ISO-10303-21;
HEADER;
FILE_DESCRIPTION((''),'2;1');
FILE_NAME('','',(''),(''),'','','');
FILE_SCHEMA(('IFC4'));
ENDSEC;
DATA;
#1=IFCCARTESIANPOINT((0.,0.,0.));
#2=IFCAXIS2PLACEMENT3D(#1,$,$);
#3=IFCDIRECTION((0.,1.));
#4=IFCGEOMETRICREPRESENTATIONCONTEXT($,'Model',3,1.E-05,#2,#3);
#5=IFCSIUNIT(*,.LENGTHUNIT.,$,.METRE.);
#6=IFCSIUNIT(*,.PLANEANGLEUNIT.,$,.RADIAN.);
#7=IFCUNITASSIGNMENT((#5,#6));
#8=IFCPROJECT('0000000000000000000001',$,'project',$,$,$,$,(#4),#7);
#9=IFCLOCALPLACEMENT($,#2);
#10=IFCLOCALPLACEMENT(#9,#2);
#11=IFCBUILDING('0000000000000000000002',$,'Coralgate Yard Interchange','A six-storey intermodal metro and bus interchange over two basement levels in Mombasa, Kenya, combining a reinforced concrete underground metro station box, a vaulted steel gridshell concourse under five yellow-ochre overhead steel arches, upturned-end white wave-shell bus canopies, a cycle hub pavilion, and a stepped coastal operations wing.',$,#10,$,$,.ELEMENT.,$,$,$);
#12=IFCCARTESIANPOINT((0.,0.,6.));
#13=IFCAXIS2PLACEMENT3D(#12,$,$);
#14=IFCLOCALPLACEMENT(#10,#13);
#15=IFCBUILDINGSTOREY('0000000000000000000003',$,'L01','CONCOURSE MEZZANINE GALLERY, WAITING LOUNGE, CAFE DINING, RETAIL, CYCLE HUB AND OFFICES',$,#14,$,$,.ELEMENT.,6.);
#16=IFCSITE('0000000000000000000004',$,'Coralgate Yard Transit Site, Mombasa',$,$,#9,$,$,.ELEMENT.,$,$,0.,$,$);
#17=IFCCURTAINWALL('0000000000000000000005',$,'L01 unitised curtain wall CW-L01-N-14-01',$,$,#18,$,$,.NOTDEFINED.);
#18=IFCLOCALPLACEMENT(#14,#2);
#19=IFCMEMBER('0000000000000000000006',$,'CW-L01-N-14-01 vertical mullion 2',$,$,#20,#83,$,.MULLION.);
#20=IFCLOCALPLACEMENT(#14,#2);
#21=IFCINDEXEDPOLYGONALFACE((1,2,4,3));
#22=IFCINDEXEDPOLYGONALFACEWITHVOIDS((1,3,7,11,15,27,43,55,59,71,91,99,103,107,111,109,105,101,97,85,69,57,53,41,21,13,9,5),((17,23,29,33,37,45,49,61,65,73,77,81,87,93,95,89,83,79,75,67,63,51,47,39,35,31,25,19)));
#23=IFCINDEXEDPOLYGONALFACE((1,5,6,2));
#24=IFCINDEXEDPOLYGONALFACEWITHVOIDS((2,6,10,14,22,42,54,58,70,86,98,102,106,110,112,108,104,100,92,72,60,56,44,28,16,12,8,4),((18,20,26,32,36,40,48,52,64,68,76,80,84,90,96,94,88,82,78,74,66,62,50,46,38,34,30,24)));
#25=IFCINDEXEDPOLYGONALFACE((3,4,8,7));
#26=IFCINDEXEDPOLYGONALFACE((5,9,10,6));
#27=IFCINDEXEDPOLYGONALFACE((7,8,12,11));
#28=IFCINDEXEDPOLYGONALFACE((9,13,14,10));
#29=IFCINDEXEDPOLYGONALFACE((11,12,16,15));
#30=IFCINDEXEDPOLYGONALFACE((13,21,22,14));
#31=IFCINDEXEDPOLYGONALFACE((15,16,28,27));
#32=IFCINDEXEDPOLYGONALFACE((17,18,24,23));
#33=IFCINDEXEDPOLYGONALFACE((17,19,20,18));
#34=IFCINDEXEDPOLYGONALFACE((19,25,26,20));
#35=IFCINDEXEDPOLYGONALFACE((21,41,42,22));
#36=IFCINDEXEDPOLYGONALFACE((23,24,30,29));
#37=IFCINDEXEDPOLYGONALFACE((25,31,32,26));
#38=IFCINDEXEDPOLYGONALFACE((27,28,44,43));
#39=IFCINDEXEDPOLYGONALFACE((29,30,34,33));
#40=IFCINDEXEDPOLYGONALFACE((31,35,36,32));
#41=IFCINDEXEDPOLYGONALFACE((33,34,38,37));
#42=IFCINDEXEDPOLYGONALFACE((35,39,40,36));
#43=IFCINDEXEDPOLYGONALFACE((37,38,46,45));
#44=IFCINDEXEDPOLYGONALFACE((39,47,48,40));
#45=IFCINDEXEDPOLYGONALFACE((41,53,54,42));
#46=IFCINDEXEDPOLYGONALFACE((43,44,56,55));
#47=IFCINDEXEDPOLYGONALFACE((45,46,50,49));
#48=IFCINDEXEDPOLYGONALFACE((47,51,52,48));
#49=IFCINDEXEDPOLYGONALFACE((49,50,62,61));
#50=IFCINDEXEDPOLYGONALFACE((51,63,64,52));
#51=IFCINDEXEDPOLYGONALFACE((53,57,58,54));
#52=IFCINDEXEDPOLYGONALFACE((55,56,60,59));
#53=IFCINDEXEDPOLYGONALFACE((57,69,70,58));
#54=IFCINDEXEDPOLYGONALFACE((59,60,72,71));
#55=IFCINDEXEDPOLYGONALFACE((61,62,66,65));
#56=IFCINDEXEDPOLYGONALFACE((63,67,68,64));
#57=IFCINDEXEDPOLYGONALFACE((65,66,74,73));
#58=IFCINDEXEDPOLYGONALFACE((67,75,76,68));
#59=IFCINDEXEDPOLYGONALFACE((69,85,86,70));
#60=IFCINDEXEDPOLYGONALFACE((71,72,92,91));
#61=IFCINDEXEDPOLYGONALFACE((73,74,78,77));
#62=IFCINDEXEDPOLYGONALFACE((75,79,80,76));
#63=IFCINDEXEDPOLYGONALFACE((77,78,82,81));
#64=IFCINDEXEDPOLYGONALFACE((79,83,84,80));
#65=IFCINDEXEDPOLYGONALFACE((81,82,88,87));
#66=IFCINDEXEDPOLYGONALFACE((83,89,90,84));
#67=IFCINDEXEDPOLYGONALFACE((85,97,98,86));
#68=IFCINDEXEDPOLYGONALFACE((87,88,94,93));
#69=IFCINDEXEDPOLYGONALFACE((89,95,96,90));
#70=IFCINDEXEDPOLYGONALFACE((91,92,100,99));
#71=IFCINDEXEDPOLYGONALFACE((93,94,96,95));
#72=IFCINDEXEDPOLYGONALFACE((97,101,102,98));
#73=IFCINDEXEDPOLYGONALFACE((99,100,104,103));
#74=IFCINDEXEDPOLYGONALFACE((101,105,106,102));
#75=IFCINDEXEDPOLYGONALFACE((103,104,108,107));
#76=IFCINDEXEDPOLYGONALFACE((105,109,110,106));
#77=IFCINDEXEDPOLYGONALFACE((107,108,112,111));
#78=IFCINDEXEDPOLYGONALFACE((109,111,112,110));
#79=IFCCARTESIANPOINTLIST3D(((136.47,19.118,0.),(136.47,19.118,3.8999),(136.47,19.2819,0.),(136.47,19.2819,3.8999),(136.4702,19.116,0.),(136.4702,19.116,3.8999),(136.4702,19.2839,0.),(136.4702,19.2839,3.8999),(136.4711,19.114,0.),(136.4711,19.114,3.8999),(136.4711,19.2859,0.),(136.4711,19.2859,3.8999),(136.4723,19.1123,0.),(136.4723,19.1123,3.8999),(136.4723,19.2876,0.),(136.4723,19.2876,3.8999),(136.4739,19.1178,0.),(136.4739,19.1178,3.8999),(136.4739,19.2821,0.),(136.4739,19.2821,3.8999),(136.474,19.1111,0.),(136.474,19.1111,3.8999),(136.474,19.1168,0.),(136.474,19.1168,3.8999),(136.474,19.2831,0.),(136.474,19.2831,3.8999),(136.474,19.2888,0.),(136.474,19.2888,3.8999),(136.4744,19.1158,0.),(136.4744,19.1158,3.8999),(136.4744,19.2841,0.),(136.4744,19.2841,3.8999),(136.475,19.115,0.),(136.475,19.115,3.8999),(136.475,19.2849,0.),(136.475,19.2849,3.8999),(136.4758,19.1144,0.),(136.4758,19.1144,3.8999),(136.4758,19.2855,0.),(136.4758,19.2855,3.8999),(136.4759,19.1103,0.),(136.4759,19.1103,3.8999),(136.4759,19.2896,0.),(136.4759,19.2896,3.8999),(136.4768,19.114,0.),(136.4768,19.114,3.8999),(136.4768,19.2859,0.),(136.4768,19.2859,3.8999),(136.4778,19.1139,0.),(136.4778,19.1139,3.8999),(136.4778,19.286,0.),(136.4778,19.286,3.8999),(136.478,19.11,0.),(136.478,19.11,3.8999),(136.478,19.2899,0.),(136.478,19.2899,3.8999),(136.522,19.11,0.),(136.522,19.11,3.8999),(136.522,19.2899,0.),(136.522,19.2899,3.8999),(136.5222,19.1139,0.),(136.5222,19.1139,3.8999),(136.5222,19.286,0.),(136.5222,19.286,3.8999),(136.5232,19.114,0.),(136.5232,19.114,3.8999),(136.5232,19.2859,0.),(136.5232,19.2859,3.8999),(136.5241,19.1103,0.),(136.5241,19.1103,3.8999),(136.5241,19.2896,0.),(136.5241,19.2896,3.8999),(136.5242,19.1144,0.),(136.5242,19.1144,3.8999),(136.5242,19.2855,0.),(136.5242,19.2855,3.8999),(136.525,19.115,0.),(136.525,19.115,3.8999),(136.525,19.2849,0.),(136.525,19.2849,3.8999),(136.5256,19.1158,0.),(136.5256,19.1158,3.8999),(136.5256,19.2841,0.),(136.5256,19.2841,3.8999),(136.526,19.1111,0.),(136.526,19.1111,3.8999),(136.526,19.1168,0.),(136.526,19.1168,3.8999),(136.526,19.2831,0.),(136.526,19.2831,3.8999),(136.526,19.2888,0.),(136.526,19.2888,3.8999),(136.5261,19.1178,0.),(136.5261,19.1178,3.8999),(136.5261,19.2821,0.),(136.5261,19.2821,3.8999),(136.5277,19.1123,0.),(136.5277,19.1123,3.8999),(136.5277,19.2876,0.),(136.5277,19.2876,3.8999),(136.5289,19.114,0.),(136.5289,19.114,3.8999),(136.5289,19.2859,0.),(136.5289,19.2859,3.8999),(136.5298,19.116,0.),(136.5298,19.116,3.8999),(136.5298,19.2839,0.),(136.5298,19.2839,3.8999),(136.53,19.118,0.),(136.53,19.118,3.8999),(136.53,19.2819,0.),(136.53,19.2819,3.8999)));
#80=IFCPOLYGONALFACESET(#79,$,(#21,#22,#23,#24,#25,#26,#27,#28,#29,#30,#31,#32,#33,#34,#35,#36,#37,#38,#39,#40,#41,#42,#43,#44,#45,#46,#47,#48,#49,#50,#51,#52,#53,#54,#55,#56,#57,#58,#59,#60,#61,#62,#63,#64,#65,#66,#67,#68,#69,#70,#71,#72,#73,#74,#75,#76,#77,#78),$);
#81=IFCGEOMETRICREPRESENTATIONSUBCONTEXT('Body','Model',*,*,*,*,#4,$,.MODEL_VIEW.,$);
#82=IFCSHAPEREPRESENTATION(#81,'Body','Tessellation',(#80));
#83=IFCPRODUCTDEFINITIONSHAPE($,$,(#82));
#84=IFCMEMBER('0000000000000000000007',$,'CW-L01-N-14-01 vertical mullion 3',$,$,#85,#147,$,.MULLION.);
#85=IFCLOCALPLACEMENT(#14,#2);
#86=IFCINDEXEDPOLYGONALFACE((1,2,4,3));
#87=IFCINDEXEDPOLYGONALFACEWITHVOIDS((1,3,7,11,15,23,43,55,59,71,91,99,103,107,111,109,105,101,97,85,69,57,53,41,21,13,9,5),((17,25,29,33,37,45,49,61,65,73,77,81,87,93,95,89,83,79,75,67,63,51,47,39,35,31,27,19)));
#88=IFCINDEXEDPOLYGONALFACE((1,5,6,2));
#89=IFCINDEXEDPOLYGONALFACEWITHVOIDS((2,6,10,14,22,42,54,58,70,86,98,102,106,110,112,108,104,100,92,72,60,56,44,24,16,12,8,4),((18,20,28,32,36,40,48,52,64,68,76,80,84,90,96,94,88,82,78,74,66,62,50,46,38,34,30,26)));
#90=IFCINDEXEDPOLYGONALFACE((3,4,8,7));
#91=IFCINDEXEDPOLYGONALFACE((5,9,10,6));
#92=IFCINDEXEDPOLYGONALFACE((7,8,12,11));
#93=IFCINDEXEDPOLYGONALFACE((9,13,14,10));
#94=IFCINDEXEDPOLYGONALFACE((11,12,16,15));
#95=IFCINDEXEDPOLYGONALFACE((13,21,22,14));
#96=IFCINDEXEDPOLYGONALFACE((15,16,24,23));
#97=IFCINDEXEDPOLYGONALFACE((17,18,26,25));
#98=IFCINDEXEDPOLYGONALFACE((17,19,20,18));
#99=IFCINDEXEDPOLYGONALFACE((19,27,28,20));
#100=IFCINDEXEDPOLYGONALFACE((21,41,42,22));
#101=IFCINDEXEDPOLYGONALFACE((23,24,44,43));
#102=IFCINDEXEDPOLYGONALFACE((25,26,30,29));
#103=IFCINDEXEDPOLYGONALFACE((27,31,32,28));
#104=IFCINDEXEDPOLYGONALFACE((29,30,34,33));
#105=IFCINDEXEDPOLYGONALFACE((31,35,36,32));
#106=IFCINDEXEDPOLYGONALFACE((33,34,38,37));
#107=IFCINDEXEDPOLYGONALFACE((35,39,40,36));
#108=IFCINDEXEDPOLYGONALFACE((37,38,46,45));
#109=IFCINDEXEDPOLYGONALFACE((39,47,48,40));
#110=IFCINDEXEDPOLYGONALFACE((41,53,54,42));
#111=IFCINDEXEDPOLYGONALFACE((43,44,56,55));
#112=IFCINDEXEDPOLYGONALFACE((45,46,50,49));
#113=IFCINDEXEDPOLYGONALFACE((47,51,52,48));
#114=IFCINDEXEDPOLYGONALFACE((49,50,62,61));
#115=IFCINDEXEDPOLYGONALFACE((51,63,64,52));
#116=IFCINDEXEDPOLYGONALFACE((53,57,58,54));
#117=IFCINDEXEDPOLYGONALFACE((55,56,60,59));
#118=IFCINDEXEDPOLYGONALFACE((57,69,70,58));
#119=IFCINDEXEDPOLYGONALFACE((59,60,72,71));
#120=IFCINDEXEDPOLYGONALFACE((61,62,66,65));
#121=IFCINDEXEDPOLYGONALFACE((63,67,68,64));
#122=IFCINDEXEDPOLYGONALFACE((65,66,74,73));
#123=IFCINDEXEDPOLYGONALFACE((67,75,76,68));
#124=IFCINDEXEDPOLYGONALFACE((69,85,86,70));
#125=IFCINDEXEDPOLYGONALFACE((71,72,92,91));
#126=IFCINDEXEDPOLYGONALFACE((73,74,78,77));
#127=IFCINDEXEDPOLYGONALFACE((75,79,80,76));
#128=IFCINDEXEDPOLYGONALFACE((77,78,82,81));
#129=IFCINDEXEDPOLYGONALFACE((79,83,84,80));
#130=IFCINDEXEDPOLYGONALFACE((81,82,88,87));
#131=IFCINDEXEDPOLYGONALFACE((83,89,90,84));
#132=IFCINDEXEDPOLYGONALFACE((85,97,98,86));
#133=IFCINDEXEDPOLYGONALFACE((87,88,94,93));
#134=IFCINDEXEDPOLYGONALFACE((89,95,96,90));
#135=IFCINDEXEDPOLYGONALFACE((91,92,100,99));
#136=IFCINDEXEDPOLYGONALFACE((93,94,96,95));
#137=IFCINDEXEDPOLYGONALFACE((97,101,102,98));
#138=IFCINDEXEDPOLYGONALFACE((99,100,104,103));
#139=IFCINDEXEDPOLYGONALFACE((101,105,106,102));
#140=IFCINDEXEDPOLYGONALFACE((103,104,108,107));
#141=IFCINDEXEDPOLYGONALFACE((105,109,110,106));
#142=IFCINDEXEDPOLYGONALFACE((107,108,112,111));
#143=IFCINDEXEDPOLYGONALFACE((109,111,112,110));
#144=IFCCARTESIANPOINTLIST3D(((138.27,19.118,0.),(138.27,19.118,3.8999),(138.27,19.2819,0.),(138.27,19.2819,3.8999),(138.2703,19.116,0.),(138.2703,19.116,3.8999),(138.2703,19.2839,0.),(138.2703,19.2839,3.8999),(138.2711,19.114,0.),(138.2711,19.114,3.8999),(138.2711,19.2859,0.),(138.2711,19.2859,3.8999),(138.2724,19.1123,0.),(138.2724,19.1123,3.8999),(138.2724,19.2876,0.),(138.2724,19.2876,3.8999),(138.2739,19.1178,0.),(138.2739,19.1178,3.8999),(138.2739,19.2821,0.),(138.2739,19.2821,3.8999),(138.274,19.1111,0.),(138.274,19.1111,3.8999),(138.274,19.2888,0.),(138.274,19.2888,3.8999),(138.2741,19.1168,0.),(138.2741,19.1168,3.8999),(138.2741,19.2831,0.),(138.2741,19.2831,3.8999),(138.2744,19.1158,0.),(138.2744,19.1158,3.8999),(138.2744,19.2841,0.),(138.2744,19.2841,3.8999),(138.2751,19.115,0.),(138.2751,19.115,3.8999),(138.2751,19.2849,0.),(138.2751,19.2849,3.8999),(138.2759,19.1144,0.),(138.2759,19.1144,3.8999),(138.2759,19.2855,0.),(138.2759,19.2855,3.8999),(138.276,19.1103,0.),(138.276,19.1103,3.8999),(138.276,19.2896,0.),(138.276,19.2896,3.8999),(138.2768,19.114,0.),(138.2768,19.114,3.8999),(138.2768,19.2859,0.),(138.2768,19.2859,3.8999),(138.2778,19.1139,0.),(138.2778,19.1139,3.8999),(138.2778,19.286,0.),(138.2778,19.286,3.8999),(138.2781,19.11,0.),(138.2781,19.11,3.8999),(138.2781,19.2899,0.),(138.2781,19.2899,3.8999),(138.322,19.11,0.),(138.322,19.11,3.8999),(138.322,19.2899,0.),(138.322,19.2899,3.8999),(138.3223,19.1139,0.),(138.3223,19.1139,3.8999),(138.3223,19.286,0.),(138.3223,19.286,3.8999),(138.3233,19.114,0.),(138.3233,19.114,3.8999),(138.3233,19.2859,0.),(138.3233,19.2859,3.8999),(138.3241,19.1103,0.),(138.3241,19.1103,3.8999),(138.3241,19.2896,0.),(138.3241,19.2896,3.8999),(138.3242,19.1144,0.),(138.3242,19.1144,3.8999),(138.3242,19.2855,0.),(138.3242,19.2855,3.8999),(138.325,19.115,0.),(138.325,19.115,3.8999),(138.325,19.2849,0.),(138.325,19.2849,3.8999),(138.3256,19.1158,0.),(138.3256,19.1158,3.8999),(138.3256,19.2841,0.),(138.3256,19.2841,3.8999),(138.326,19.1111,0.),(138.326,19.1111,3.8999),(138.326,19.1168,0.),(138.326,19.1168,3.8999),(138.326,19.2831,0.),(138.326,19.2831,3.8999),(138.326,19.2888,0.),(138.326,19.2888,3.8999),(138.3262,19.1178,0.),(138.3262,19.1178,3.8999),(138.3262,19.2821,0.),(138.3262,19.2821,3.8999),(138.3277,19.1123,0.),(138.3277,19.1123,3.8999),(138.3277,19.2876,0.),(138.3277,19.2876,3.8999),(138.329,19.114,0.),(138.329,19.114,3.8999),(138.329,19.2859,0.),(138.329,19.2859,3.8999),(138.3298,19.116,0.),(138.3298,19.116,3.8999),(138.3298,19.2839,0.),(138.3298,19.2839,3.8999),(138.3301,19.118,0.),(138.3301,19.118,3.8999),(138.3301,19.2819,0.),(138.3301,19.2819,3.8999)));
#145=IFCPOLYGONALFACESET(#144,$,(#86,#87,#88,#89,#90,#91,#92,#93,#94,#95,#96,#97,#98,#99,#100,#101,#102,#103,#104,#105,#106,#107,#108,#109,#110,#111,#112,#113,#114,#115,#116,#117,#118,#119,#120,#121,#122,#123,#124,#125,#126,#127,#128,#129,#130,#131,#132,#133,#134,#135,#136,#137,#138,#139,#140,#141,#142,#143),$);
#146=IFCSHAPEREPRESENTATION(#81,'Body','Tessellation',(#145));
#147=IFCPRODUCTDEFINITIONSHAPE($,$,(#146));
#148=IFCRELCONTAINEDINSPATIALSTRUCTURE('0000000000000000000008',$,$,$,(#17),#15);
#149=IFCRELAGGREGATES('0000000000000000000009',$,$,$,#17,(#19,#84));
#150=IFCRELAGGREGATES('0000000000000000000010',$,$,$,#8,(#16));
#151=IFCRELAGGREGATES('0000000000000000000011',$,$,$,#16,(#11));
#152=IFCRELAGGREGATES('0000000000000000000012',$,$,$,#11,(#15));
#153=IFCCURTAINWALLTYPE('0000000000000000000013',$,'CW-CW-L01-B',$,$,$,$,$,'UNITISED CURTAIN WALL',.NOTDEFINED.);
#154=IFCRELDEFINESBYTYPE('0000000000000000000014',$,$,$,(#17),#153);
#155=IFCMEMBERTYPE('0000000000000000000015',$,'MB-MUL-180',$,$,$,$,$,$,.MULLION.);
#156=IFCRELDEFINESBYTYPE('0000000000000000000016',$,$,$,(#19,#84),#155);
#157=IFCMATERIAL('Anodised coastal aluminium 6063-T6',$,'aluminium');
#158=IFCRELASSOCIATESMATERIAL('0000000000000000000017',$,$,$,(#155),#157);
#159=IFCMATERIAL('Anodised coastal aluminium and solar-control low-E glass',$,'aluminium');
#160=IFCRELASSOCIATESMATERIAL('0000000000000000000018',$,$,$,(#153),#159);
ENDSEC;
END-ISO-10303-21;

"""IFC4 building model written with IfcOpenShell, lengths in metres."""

from ifc_helpers import new_model, si_unit, direction, frame, origin, origin_2d, place, context, subcontext, project, spatial, hollow_rectangle, extrude, material, material_profile, profile_set, type_object, element, aggregate, save


model = new_model("IFC4")

# Units and contexts
model_context = context("Model", 3, precision=1e-05, world=origin(), true_north=direction((0.0, 1.0)))
body_context = subcontext(model_context, "Body", "Model", "MODEL_VIEW")
ifc_project = project(units=[si_unit("LENGTHUNIT", "METRE"), si_unit("PLANEANGLEUNIT", "RADIAN")], contexts=[model_context])

# Site, building, storey
site_placement = place(None, origin())
site = spatial("IfcSite", under=ifc_project, at=site_placement, Name="Coralgate Yard Transit Site, Mombasa", CompositionType="ELEMENT", RefElevation=0.0)
building_placement = place(site_placement, origin())
building = spatial("IfcBuilding", under=site, at=building_placement, Name="Coralgate Yard Interchange", Description="A six-storey intermodal metro and bus interchange over two basement levels in Mombasa, Kenya, combining a reinforced concrete underground metro station box, a vaulted steel gridshell concourse under five yellow-ochre overhead steel arches, upturned-end white wave-shell bus canopies, a cycle hub pavilion, and a stepped coastal operations wing.", CompositionType="ELEMENT")
storey_placement = place(building_placement, frame((0.0, 0.0, 6.0)))
storey = spatial("IfcBuildingStorey", under=building, at=storey_placement, Name="L01", Description="CONCOURSE MEZZANINE GALLERY, WAITING LOUNGE, CAFE DINING, RETAIL, CYCLE HUB AND OFFICES", CompositionType="ELEMENT", Elevation=6.0)

# Curtain wall, members
ifc_material_1 = material(Name="Anodised coastal aluminium and solar-control low-E glass", Category="aluminium")
ifc_material_2 = material(Name="Anodised coastal aluminium 6063-T6", Category="aluminium")
ifc_material_profile_1 = material_profile(ifc_material_2, hollow_rectangle(XDim=0.0601, YDim=0.1799, WallThickness=0.0039, InnerFilletRadius=0.0039, OuterFilletRadius=0.0081, at=origin_2d()), Name="ALU 60x180x4")
ifc_profile_set_1 = profile_set([ifc_material_profile_1], Name="Anodised coastal aluminium 6063-T6")
member_type_1 = type_object("IfcMemberType", Name="MB-MUL-180", PredefinedType="MULLION", material=ifc_profile_set_1)
curtain_wall_type_1 = type_object("IfcCurtainWallType", Name="CW-CW-L01-B", ElementType="UNITISED CURTAIN WALL", PredefinedType="NOTDEFINED", material=ifc_material_1)
curtain_wall_1_placement = place(storey_placement, origin())
curtain_wall_1 = element("IfcCurtainWall", 1, at=curtain_wall_1_placement, inside=storey, type_object=curtain_wall_type_1, Name="L01 unitised curtain wall CW-L01-N-14-01", PredefinedType="NOTDEFINED")
member_1_placement = place(storey_placement, frame((136.5, 19.2, 0.0), z_axis=(0.0, 0.0, 1.0), x_axis=(1.0, 0.0, 0.0)))
member_1 = element("IfcMember", 2, at=member_1_placement, type_object=member_type_1, Name="CW-L01-N-14-01 vertical mullion 2", PredefinedType="MULLION", context=body_context, shape_type="SweptSolid", body=[
    extrude(hollow_rectangle(XDim=0.0601, YDim=0.1799, WallThickness=0.0039, InnerFilletRadius=0.0039, OuterFilletRadius=0.0081, at=origin_2d()), origin(), (0.0, 0.0, 1.0), 3.8999),
])
member_2_placement = place(storey_placement, frame((138.3, 19.2, 0.0), z_axis=(0.0, 0.0, 1.0), x_axis=(1.0, 0.0, 0.0)))
member_2 = element("IfcMember", 3, at=member_2_placement, type_object=member_type_1, Name="CW-L01-N-14-01 vertical mullion 3", PredefinedType="MULLION", context=body_context, shape_type="SweptSolid", body=[
    extrude(hollow_rectangle(XDim=0.0601, YDim=0.1799, WallThickness=0.0039, InnerFilletRadius=0.0039, OuterFilletRadius=0.0081, at=origin_2d()), origin(), (0.0, 0.0, 1.0), 3.8999),
])

aggregate(curtain_wall_1, [member_1, member_2])

save(model, "model.ifc")
